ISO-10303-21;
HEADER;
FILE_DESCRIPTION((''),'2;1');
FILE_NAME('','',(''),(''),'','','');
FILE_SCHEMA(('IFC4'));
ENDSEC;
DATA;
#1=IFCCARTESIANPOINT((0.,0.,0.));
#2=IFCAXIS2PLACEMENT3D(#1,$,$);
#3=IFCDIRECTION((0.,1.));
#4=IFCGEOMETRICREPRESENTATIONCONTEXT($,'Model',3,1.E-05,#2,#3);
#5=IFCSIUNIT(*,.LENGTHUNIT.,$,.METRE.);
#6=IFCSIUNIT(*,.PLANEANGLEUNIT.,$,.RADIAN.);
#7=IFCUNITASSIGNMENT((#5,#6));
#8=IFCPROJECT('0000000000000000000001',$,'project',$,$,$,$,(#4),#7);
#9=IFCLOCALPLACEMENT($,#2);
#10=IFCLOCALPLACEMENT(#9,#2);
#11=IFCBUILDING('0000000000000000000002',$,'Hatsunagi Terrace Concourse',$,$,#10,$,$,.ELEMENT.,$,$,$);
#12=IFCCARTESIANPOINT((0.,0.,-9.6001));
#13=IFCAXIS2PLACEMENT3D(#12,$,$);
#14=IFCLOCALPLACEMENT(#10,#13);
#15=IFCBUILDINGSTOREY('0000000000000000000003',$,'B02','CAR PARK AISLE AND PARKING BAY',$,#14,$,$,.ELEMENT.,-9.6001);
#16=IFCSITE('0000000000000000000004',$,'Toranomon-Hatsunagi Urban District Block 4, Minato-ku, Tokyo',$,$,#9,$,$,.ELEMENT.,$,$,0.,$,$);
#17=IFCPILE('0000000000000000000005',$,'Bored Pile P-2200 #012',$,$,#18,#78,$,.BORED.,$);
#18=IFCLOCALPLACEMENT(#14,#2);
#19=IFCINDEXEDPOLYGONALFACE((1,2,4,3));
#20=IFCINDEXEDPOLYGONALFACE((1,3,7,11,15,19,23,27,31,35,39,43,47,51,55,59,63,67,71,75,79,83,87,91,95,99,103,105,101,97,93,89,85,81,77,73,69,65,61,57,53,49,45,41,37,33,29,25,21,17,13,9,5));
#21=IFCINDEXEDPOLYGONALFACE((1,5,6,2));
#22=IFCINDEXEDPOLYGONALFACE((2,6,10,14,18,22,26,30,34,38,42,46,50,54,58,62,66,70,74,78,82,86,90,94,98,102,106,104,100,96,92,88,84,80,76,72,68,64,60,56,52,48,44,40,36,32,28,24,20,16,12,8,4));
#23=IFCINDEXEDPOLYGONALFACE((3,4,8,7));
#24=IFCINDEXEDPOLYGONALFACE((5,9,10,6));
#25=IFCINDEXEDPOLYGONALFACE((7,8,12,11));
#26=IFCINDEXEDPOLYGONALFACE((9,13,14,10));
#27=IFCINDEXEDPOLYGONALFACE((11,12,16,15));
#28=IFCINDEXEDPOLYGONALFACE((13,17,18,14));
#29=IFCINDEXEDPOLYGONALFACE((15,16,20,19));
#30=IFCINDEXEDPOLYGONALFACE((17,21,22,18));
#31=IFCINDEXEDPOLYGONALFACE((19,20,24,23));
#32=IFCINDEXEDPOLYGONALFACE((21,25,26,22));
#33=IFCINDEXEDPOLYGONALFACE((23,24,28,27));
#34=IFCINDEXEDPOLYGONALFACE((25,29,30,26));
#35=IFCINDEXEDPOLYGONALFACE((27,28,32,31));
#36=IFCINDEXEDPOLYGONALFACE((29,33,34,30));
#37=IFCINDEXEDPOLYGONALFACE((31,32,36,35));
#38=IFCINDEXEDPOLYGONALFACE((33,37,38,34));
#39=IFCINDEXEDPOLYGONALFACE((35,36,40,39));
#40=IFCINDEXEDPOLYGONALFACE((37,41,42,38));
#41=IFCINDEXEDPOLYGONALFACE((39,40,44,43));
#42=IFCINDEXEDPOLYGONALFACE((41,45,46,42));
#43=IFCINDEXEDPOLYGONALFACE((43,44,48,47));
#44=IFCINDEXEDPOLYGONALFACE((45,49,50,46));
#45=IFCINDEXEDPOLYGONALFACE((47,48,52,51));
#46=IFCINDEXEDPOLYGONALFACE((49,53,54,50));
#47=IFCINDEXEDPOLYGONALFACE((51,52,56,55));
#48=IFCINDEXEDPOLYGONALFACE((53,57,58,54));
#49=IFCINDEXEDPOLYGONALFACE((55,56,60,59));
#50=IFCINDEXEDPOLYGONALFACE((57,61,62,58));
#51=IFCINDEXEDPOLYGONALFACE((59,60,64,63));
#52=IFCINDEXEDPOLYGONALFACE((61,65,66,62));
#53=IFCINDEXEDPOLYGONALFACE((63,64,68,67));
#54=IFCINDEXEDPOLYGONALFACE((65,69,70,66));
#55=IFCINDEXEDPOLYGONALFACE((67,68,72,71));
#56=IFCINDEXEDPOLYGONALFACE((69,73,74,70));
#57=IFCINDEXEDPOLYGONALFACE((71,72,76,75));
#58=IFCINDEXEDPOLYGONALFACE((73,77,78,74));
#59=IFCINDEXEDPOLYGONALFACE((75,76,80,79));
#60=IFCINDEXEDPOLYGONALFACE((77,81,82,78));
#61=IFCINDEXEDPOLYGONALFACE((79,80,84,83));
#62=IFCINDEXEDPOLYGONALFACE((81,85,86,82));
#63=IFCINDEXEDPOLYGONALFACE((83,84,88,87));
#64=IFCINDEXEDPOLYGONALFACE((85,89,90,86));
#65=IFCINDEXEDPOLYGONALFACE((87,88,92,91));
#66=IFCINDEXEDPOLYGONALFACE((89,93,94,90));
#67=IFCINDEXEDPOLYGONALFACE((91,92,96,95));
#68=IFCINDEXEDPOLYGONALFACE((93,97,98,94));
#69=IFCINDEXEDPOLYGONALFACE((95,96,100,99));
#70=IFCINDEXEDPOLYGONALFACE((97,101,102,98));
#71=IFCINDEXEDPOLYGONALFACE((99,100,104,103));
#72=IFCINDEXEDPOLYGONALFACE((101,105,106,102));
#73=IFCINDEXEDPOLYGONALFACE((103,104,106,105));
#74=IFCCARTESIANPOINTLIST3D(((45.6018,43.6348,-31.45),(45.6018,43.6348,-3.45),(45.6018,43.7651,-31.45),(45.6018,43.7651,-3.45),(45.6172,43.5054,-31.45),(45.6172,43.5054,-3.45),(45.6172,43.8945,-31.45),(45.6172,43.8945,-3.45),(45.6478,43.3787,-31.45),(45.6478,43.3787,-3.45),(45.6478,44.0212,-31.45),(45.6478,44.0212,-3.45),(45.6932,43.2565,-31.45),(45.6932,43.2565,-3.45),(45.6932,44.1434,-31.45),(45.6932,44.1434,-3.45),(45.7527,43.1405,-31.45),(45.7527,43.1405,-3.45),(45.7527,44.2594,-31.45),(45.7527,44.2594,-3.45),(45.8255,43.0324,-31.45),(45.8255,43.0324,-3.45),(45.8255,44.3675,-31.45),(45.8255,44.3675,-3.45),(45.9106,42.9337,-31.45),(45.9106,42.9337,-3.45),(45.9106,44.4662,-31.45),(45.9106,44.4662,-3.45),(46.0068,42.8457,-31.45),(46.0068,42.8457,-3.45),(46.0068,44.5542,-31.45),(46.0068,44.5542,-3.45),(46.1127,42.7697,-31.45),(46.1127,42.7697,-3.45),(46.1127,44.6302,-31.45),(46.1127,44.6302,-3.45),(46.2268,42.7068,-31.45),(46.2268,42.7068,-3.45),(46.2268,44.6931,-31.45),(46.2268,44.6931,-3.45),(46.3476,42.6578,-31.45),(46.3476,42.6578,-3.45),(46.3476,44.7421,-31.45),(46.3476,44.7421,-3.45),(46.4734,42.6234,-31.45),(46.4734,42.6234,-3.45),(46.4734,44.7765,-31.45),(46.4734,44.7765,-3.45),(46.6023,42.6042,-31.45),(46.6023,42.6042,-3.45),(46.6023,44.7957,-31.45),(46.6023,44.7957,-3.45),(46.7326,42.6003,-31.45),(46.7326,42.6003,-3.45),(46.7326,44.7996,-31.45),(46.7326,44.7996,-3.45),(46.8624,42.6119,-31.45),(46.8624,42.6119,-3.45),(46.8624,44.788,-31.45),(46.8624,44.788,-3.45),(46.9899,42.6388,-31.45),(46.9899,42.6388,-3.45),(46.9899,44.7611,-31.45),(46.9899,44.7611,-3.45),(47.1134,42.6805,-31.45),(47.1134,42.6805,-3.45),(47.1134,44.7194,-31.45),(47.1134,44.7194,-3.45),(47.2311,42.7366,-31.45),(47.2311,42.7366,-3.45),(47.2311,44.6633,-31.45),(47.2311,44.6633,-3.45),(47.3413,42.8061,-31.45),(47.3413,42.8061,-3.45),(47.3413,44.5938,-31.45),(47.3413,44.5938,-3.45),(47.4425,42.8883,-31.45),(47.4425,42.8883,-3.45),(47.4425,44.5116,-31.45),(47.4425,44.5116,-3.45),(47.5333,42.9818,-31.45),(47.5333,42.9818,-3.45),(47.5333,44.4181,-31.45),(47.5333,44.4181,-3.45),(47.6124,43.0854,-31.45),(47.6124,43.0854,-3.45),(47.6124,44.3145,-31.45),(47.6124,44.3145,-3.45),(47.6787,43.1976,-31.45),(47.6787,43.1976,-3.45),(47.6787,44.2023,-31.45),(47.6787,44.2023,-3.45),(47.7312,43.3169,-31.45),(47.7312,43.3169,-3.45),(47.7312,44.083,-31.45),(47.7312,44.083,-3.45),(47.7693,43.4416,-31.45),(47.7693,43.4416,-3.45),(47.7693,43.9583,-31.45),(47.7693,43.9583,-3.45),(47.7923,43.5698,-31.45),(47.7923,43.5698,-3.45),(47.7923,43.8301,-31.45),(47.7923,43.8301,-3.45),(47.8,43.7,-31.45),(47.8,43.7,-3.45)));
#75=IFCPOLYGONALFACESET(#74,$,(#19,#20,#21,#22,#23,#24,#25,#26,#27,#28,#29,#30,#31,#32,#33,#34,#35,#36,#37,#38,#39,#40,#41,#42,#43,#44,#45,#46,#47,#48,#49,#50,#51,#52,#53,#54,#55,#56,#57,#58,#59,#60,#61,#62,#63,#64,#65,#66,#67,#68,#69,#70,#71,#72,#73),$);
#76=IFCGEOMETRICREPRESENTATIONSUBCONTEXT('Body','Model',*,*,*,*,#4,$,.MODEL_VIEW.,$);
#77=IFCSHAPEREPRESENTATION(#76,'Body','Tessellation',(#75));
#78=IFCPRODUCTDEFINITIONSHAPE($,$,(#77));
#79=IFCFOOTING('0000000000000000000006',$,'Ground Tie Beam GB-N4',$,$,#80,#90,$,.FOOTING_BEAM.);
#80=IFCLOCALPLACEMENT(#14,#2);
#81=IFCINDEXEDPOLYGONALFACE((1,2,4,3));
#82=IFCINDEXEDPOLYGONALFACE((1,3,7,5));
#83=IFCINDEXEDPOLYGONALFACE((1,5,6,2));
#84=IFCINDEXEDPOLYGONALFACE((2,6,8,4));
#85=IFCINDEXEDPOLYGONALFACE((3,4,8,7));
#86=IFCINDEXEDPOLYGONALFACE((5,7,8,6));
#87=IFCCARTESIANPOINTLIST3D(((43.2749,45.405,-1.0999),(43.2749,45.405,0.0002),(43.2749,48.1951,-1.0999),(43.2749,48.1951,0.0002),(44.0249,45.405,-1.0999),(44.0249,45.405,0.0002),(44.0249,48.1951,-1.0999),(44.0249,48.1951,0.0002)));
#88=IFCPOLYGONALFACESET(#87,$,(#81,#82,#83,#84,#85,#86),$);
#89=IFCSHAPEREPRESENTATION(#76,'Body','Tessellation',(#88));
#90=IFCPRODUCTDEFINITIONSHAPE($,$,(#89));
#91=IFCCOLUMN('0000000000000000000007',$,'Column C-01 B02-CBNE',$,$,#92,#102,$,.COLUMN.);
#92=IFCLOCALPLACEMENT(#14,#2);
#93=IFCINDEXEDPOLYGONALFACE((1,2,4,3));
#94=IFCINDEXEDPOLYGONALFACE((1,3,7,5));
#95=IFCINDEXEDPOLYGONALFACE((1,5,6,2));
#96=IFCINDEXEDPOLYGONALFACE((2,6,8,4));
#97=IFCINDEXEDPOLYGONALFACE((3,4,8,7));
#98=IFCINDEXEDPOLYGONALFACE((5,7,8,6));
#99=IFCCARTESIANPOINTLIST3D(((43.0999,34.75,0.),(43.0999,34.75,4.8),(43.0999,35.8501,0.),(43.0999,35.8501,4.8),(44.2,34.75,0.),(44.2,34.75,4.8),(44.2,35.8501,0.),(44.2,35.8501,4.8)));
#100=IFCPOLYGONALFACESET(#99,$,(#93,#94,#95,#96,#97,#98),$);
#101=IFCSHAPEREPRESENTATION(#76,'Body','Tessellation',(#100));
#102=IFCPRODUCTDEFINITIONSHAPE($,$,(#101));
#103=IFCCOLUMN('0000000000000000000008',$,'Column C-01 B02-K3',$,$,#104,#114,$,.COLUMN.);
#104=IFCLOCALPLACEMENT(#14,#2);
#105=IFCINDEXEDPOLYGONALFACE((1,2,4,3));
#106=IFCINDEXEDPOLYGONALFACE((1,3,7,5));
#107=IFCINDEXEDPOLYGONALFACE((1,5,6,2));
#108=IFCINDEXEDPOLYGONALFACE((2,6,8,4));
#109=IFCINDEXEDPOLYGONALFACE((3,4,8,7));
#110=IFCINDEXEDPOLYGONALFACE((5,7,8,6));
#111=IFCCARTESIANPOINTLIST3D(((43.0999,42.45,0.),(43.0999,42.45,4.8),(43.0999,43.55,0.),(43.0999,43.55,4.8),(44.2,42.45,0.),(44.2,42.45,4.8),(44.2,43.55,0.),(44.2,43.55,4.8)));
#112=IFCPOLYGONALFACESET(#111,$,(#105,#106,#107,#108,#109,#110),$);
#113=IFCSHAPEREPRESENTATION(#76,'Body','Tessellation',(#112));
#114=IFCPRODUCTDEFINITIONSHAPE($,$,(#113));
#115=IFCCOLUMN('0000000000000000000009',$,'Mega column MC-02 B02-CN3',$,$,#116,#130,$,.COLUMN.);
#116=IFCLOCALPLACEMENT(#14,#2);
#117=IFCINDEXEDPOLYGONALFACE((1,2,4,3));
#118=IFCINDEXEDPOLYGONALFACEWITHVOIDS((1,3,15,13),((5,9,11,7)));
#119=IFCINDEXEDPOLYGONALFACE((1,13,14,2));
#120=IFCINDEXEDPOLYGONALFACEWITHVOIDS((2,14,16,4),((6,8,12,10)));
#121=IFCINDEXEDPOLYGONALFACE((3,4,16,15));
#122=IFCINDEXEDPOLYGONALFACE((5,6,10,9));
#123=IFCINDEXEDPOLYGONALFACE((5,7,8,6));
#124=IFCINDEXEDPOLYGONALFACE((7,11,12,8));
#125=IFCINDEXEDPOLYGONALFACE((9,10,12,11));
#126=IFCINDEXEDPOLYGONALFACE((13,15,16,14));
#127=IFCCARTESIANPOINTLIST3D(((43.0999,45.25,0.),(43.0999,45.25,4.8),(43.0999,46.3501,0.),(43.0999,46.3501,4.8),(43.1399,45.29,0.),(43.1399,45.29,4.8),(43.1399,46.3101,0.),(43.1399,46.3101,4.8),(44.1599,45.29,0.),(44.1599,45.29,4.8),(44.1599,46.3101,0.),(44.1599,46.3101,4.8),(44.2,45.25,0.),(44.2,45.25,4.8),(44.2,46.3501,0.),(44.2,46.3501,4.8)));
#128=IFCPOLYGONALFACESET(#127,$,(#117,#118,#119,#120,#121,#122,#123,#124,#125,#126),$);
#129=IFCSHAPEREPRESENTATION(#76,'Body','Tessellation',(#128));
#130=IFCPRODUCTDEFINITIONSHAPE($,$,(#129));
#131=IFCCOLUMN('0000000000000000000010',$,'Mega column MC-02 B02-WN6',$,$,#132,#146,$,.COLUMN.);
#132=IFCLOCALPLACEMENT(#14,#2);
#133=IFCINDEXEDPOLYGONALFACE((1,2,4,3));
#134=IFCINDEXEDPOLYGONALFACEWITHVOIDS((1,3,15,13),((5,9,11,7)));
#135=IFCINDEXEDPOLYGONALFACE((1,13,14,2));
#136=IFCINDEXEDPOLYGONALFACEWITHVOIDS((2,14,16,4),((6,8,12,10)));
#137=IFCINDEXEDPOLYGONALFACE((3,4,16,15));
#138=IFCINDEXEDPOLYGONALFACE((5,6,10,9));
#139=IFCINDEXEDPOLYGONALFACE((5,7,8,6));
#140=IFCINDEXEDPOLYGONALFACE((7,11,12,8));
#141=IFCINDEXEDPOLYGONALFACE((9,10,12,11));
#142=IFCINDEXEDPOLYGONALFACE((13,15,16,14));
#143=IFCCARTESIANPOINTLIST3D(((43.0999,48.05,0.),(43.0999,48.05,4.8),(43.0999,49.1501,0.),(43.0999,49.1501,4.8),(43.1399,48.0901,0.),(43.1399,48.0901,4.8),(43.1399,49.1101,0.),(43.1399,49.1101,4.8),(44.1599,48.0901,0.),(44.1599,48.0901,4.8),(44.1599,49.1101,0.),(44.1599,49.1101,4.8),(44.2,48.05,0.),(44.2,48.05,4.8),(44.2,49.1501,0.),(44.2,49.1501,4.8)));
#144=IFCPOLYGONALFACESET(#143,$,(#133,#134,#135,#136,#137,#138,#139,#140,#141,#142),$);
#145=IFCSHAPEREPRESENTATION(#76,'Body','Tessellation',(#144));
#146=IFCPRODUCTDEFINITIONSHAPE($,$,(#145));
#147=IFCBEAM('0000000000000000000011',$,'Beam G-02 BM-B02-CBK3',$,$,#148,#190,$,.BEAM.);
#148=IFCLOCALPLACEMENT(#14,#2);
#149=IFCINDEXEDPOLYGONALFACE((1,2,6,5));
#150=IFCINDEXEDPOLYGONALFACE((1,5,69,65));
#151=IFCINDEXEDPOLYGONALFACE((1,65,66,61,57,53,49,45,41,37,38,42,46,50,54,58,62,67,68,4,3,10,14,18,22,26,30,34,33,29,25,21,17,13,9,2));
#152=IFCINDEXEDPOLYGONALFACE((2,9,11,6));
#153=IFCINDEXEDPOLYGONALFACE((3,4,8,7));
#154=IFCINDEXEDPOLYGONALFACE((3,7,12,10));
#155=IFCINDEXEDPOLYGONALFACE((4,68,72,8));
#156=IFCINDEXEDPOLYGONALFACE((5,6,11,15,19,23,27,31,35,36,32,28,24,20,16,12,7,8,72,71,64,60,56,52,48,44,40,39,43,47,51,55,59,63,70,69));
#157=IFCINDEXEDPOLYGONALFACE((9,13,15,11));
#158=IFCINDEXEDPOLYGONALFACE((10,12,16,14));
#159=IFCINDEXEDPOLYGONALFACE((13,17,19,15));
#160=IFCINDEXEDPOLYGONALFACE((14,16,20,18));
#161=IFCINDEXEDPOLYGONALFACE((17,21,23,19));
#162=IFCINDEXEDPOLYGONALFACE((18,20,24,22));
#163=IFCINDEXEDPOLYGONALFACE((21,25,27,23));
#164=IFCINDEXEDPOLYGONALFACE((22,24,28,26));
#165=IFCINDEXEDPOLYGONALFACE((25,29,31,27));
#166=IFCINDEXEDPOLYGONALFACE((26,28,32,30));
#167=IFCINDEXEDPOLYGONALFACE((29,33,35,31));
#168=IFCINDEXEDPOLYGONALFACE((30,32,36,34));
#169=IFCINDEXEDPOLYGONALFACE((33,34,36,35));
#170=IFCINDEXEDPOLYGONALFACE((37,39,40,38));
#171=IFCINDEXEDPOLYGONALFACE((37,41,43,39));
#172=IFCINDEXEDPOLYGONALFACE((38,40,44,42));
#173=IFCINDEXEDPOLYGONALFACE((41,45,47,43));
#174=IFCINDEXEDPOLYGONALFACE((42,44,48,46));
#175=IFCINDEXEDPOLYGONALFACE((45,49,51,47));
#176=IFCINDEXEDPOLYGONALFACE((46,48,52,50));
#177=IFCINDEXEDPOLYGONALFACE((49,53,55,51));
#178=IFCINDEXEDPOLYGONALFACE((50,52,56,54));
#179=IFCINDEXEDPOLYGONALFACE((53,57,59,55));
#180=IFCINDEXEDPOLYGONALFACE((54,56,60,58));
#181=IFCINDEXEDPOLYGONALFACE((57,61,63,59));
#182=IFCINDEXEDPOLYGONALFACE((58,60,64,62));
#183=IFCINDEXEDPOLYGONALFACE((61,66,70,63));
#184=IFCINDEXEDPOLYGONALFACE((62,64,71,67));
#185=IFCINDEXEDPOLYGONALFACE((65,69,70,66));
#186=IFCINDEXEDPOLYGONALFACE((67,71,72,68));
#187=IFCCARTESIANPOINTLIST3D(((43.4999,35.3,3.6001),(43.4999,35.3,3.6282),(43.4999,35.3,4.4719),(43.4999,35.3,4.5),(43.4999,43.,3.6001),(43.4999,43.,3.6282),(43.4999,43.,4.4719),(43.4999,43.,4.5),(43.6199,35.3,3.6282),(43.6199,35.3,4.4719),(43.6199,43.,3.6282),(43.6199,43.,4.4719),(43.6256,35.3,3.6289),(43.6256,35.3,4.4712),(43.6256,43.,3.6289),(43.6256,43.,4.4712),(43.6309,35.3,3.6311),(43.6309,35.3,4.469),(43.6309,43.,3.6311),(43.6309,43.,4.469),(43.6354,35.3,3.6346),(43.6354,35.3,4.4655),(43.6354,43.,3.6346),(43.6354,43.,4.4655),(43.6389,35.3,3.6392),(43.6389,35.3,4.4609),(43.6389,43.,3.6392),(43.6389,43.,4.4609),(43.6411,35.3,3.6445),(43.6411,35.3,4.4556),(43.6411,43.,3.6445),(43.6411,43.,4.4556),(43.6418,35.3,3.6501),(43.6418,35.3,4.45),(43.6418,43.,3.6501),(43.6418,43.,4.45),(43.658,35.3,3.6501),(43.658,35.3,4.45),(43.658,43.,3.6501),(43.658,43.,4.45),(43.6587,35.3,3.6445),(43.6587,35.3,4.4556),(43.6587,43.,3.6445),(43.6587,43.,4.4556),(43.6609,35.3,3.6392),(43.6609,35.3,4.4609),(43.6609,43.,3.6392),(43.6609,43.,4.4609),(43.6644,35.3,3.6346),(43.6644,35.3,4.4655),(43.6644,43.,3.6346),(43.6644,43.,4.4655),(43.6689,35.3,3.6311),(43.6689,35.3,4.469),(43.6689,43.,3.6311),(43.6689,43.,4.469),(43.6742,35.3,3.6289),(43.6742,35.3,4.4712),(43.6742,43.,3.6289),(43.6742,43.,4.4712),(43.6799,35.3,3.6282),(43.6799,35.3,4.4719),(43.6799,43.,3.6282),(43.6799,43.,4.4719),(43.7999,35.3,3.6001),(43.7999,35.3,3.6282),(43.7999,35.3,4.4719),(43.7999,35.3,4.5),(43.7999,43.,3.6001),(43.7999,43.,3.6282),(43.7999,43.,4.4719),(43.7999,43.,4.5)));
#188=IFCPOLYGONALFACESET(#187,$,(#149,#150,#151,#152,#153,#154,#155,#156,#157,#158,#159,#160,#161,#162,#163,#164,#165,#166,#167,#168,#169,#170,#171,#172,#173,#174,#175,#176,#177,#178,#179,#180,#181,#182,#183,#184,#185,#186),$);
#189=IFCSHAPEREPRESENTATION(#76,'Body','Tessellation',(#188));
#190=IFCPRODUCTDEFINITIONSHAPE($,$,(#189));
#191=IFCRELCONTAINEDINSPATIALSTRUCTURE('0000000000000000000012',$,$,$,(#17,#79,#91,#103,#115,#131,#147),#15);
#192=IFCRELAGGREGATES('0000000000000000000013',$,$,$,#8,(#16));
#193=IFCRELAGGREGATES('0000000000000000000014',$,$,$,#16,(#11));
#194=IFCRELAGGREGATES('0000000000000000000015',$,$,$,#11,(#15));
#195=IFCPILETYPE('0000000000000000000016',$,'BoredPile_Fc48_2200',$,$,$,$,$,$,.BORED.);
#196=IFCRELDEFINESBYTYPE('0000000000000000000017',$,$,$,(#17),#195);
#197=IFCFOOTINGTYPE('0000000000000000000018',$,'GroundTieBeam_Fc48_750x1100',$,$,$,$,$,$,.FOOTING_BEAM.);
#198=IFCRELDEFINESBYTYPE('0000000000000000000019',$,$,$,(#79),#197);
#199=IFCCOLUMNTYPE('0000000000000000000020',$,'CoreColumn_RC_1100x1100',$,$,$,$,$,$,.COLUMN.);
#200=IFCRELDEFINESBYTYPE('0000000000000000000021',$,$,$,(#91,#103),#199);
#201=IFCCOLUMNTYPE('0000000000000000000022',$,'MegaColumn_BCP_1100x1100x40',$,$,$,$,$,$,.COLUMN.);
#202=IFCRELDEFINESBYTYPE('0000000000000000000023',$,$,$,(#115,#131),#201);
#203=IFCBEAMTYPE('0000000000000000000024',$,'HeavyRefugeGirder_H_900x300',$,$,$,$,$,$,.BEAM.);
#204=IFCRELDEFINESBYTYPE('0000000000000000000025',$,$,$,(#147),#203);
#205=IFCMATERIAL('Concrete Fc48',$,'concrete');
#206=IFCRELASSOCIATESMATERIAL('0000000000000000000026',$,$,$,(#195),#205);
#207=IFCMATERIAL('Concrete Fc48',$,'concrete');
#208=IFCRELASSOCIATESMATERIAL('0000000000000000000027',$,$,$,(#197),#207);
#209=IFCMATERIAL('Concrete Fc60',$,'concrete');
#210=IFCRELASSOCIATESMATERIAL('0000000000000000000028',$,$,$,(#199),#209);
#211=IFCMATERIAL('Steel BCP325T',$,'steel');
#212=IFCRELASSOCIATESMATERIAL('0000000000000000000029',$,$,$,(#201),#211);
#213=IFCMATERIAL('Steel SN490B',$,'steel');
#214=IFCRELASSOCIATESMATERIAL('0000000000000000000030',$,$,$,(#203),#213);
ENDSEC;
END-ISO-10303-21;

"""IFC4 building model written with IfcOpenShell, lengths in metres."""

from ifc_helpers import new_model, si_unit, direction, frame, origin, origin_2d, place, context, subcontext, project, spatial, rectangle, hollow_rectangle, circle, i_section, extrude, material, material_profile, profile_set, type_object, element, save


model = new_model("IFC4")

# Units and contexts
model_context = context("Model", 3, precision=1e-05, world=origin(), true_north=direction((0.0, 1.0)))
body_context = subcontext(model_context, "Body", "Model", "MODEL_VIEW")
ifc_project = project(units=[si_unit("LENGTHUNIT", "METRE"), si_unit("PLANEANGLEUNIT", "RADIAN")], contexts=[model_context])

# Site, building, storey
site_placement = place(None, origin())
site = spatial("IfcSite", under=ifc_project, at=site_placement, Name="Toranomon-Hatsunagi Urban District Block 4, Minato-ku, Tokyo", CompositionType="ELEMENT", RefElevation=0.0)
building_placement = place(site_placement, origin())
building = spatial("IfcBuilding", under=site, at=building_placement, Name="Hatsunagi Terrace Concourse", CompositionType="ELEMENT")
storey_placement = place(building_placement, frame((0.0, 0.0, -9.6001)))
storey = spatial("IfcBuildingStorey", under=building, at=storey_placement, Name="B02", Description="CAR PARK AISLE AND PARKING BAY", CompositionType="ELEMENT", Elevation=-9.6001)

# Pile
ifc_material_1 = material(Name="Concrete Fc48", Category="concrete")
ifc_material_profile_1 = material_profile(ifc_material_1, circle(Radius=1.1001, at=origin_2d()), Name="PILE-2200")
ifc_profile_set_1 = profile_set([ifc_material_profile_1], Name="Concrete Fc48")
pile_type = type_object("IfcPileType", Name="BoredPile_Fc48_2200", PredefinedType="BORED", material=ifc_profile_set_1)
for number, where, z_axis, x_axis, name in (
    (1, (46.7, 43.7, -3.45), (0.0, 0.0, -1.0), (1.0, 0.0, 0.0), "Bored Pile P-2200 #012"),
):
    element("IfcPile", number, at=place(storey_placement, frame(where, z_axis=z_axis, x_axis=x_axis)), inside=storey, type_object=pile_type, Name=name, PredefinedType="BORED", context=body_context, shape_type="SweptSolid", body=[
        extrude(circle(Radius=1.1001, at=origin_2d()), origin(), (0.0, 0.0, 1.0), 28.0),
    ])

# Footing
ifc_material_2 = material(Name="Concrete Fc48", Category="concrete")
ifc_material_profile_2 = material_profile(ifc_material_2, rectangle(XDim=0.75, YDim=1.1001, at=origin_2d()), Name="RC-750x1100")
ifc_profile_set_2 = profile_set([ifc_material_profile_2], Name="Concrete Fc48")
footing_type = type_object("IfcFootingType", Name="GroundTieBeam_Fc48_750x1100", PredefinedType="FOOTING_BEAM", material=ifc_profile_set_2)
footing_placement = place(storey_placement, frame((43.6499, 45.405, -0.5498), z_axis=(0.0, 1.0, 0.0), x_axis=(-1.0, 0.0, 0.0)))
element("IfcFooting", 2, at=footing_placement, inside=storey, type_object=footing_type, Name="Ground Tie Beam GB-N4", PredefinedType="FOOTING_BEAM", context=body_context, shape_type="SweptSolid", body=[
    extrude(rectangle(XDim=0.75, YDim=1.1001, at=origin_2d()), origin(), (0.0, 0.0, 1.0), 2.79),
])

# Columns
ifc_material_3 = material(Name="Concrete Fc60", Category="concrete")
ifc_material_profile_3 = material_profile(ifc_material_3, rectangle(XDim=1.1001, YDim=1.1001, at=origin_2d()), Name="RC-1100x1100")
ifc_profile_set_3 = profile_set([ifc_material_profile_3], Name="Concrete Fc60")
column_type_1 = type_object("IfcColumnType", Name="CoreColumn_RC_1100x1100", PredefinedType="COLUMN", material=ifc_profile_set_3)
for number, where, z_axis, x_axis, name in (
    (3, (43.6499, 35.3, 0.0), (0.0, 0.0, 1.0), (1.0, 0.0, 0.0), "Column C-01 B02-CBNE"),
    (4, (43.6499, 43.0, 0.0), (0.0, 0.0, 1.0), (1.0, 0.0, 0.0), "Column C-01 B02-K3"),
):
    element("IfcColumn", number, at=place(storey_placement, frame(where, z_axis=z_axis, x_axis=x_axis)), inside=storey, type_object=column_type_1, Name=name, PredefinedType="COLUMN", context=body_context, shape_type="SweptSolid", body=[
        extrude(rectangle(XDim=1.1001, YDim=1.1001, at=origin_2d()), origin(), (0.0, 0.0, 1.0), 4.8),
    ])
ifc_material_4 = material(Name="Steel BCP325T", Category="steel")
ifc_material_profile_4 = material_profile(ifc_material_4, hollow_rectangle(XDim=1.1001, YDim=1.1001, WallThickness=0.04, at=origin_2d()), Name="BCP-1100x1100x40")
ifc_profile_set_4 = profile_set([ifc_material_profile_4], Name="Steel BCP325T")
column_type_2 = type_object("IfcColumnType", Name="MegaColumn_BCP_1100x1100x40", PredefinedType="COLUMN", material=ifc_profile_set_4)
for number, where, z_axis, x_axis, name in (
    (5, (43.6499, 45.8, 0.0), (0.0, 0.0, 1.0), (1.0, 0.0, 0.0), "Mega column MC-02 B02-CN3"),
    (6, (43.6499, 48.6001, 0.0), (0.0, 0.0, 1.0), (1.0, 0.0, 0.0), "Mega column MC-02 B02-WN6"),
):
    element("IfcColumn", number, at=place(storey_placement, frame(where, z_axis=z_axis, x_axis=x_axis)), inside=storey, type_object=column_type_2, Name=name, PredefinedType="COLUMN", context=body_context, shape_type="SweptSolid", body=[
        extrude(hollow_rectangle(XDim=1.1001, YDim=1.1001, WallThickness=0.04, at=origin_2d()), origin(), (0.0, 0.0, 1.0), 4.8),
    ])

# Beam
ifc_material_5 = material(Name="Steel SN490B", Category="steel")
ifc_material_profile_5 = material_profile(ifc_material_5, i_section(OverallWidth=0.3, OverallDepth=0.8999, WebThickness=0.0161, FlangeThickness=0.0281, FilletRadius=0.022, at=origin_2d()), Name="H-900x300x16x28")
ifc_profile_set_5 = profile_set([ifc_material_profile_5], Name="Steel SN490B")
beam_type_1 = type_object("IfcBeamType", Name="HeavyRefugeGirder_H_900x300", PredefinedType="BEAM", material=ifc_profile_set_5)
beam_1_placement = place(storey_placement, frame((43.6499, 35.3, 4.05), z_axis=(0.0, 1.0, 0.0), x_axis=(-1.0, 0.0, 0.0)))
element("IfcBeam", 7, at=beam_1_placement, inside=storey, type_object=beam_type_1, Name="Beam G-02 BM-B02-CBK3", PredefinedType="BEAM", context=body_context, shape_type="SweptSolid", body=[
    extrude(i_section(OverallWidth=0.3, OverallDepth=0.8999, WebThickness=0.0161, FlangeThickness=0.0281, FilletRadius=0.022, at=origin_2d()), origin(), (0.0, 0.0, 1.0), 7.7),
])

save(model, "model.ifc")
